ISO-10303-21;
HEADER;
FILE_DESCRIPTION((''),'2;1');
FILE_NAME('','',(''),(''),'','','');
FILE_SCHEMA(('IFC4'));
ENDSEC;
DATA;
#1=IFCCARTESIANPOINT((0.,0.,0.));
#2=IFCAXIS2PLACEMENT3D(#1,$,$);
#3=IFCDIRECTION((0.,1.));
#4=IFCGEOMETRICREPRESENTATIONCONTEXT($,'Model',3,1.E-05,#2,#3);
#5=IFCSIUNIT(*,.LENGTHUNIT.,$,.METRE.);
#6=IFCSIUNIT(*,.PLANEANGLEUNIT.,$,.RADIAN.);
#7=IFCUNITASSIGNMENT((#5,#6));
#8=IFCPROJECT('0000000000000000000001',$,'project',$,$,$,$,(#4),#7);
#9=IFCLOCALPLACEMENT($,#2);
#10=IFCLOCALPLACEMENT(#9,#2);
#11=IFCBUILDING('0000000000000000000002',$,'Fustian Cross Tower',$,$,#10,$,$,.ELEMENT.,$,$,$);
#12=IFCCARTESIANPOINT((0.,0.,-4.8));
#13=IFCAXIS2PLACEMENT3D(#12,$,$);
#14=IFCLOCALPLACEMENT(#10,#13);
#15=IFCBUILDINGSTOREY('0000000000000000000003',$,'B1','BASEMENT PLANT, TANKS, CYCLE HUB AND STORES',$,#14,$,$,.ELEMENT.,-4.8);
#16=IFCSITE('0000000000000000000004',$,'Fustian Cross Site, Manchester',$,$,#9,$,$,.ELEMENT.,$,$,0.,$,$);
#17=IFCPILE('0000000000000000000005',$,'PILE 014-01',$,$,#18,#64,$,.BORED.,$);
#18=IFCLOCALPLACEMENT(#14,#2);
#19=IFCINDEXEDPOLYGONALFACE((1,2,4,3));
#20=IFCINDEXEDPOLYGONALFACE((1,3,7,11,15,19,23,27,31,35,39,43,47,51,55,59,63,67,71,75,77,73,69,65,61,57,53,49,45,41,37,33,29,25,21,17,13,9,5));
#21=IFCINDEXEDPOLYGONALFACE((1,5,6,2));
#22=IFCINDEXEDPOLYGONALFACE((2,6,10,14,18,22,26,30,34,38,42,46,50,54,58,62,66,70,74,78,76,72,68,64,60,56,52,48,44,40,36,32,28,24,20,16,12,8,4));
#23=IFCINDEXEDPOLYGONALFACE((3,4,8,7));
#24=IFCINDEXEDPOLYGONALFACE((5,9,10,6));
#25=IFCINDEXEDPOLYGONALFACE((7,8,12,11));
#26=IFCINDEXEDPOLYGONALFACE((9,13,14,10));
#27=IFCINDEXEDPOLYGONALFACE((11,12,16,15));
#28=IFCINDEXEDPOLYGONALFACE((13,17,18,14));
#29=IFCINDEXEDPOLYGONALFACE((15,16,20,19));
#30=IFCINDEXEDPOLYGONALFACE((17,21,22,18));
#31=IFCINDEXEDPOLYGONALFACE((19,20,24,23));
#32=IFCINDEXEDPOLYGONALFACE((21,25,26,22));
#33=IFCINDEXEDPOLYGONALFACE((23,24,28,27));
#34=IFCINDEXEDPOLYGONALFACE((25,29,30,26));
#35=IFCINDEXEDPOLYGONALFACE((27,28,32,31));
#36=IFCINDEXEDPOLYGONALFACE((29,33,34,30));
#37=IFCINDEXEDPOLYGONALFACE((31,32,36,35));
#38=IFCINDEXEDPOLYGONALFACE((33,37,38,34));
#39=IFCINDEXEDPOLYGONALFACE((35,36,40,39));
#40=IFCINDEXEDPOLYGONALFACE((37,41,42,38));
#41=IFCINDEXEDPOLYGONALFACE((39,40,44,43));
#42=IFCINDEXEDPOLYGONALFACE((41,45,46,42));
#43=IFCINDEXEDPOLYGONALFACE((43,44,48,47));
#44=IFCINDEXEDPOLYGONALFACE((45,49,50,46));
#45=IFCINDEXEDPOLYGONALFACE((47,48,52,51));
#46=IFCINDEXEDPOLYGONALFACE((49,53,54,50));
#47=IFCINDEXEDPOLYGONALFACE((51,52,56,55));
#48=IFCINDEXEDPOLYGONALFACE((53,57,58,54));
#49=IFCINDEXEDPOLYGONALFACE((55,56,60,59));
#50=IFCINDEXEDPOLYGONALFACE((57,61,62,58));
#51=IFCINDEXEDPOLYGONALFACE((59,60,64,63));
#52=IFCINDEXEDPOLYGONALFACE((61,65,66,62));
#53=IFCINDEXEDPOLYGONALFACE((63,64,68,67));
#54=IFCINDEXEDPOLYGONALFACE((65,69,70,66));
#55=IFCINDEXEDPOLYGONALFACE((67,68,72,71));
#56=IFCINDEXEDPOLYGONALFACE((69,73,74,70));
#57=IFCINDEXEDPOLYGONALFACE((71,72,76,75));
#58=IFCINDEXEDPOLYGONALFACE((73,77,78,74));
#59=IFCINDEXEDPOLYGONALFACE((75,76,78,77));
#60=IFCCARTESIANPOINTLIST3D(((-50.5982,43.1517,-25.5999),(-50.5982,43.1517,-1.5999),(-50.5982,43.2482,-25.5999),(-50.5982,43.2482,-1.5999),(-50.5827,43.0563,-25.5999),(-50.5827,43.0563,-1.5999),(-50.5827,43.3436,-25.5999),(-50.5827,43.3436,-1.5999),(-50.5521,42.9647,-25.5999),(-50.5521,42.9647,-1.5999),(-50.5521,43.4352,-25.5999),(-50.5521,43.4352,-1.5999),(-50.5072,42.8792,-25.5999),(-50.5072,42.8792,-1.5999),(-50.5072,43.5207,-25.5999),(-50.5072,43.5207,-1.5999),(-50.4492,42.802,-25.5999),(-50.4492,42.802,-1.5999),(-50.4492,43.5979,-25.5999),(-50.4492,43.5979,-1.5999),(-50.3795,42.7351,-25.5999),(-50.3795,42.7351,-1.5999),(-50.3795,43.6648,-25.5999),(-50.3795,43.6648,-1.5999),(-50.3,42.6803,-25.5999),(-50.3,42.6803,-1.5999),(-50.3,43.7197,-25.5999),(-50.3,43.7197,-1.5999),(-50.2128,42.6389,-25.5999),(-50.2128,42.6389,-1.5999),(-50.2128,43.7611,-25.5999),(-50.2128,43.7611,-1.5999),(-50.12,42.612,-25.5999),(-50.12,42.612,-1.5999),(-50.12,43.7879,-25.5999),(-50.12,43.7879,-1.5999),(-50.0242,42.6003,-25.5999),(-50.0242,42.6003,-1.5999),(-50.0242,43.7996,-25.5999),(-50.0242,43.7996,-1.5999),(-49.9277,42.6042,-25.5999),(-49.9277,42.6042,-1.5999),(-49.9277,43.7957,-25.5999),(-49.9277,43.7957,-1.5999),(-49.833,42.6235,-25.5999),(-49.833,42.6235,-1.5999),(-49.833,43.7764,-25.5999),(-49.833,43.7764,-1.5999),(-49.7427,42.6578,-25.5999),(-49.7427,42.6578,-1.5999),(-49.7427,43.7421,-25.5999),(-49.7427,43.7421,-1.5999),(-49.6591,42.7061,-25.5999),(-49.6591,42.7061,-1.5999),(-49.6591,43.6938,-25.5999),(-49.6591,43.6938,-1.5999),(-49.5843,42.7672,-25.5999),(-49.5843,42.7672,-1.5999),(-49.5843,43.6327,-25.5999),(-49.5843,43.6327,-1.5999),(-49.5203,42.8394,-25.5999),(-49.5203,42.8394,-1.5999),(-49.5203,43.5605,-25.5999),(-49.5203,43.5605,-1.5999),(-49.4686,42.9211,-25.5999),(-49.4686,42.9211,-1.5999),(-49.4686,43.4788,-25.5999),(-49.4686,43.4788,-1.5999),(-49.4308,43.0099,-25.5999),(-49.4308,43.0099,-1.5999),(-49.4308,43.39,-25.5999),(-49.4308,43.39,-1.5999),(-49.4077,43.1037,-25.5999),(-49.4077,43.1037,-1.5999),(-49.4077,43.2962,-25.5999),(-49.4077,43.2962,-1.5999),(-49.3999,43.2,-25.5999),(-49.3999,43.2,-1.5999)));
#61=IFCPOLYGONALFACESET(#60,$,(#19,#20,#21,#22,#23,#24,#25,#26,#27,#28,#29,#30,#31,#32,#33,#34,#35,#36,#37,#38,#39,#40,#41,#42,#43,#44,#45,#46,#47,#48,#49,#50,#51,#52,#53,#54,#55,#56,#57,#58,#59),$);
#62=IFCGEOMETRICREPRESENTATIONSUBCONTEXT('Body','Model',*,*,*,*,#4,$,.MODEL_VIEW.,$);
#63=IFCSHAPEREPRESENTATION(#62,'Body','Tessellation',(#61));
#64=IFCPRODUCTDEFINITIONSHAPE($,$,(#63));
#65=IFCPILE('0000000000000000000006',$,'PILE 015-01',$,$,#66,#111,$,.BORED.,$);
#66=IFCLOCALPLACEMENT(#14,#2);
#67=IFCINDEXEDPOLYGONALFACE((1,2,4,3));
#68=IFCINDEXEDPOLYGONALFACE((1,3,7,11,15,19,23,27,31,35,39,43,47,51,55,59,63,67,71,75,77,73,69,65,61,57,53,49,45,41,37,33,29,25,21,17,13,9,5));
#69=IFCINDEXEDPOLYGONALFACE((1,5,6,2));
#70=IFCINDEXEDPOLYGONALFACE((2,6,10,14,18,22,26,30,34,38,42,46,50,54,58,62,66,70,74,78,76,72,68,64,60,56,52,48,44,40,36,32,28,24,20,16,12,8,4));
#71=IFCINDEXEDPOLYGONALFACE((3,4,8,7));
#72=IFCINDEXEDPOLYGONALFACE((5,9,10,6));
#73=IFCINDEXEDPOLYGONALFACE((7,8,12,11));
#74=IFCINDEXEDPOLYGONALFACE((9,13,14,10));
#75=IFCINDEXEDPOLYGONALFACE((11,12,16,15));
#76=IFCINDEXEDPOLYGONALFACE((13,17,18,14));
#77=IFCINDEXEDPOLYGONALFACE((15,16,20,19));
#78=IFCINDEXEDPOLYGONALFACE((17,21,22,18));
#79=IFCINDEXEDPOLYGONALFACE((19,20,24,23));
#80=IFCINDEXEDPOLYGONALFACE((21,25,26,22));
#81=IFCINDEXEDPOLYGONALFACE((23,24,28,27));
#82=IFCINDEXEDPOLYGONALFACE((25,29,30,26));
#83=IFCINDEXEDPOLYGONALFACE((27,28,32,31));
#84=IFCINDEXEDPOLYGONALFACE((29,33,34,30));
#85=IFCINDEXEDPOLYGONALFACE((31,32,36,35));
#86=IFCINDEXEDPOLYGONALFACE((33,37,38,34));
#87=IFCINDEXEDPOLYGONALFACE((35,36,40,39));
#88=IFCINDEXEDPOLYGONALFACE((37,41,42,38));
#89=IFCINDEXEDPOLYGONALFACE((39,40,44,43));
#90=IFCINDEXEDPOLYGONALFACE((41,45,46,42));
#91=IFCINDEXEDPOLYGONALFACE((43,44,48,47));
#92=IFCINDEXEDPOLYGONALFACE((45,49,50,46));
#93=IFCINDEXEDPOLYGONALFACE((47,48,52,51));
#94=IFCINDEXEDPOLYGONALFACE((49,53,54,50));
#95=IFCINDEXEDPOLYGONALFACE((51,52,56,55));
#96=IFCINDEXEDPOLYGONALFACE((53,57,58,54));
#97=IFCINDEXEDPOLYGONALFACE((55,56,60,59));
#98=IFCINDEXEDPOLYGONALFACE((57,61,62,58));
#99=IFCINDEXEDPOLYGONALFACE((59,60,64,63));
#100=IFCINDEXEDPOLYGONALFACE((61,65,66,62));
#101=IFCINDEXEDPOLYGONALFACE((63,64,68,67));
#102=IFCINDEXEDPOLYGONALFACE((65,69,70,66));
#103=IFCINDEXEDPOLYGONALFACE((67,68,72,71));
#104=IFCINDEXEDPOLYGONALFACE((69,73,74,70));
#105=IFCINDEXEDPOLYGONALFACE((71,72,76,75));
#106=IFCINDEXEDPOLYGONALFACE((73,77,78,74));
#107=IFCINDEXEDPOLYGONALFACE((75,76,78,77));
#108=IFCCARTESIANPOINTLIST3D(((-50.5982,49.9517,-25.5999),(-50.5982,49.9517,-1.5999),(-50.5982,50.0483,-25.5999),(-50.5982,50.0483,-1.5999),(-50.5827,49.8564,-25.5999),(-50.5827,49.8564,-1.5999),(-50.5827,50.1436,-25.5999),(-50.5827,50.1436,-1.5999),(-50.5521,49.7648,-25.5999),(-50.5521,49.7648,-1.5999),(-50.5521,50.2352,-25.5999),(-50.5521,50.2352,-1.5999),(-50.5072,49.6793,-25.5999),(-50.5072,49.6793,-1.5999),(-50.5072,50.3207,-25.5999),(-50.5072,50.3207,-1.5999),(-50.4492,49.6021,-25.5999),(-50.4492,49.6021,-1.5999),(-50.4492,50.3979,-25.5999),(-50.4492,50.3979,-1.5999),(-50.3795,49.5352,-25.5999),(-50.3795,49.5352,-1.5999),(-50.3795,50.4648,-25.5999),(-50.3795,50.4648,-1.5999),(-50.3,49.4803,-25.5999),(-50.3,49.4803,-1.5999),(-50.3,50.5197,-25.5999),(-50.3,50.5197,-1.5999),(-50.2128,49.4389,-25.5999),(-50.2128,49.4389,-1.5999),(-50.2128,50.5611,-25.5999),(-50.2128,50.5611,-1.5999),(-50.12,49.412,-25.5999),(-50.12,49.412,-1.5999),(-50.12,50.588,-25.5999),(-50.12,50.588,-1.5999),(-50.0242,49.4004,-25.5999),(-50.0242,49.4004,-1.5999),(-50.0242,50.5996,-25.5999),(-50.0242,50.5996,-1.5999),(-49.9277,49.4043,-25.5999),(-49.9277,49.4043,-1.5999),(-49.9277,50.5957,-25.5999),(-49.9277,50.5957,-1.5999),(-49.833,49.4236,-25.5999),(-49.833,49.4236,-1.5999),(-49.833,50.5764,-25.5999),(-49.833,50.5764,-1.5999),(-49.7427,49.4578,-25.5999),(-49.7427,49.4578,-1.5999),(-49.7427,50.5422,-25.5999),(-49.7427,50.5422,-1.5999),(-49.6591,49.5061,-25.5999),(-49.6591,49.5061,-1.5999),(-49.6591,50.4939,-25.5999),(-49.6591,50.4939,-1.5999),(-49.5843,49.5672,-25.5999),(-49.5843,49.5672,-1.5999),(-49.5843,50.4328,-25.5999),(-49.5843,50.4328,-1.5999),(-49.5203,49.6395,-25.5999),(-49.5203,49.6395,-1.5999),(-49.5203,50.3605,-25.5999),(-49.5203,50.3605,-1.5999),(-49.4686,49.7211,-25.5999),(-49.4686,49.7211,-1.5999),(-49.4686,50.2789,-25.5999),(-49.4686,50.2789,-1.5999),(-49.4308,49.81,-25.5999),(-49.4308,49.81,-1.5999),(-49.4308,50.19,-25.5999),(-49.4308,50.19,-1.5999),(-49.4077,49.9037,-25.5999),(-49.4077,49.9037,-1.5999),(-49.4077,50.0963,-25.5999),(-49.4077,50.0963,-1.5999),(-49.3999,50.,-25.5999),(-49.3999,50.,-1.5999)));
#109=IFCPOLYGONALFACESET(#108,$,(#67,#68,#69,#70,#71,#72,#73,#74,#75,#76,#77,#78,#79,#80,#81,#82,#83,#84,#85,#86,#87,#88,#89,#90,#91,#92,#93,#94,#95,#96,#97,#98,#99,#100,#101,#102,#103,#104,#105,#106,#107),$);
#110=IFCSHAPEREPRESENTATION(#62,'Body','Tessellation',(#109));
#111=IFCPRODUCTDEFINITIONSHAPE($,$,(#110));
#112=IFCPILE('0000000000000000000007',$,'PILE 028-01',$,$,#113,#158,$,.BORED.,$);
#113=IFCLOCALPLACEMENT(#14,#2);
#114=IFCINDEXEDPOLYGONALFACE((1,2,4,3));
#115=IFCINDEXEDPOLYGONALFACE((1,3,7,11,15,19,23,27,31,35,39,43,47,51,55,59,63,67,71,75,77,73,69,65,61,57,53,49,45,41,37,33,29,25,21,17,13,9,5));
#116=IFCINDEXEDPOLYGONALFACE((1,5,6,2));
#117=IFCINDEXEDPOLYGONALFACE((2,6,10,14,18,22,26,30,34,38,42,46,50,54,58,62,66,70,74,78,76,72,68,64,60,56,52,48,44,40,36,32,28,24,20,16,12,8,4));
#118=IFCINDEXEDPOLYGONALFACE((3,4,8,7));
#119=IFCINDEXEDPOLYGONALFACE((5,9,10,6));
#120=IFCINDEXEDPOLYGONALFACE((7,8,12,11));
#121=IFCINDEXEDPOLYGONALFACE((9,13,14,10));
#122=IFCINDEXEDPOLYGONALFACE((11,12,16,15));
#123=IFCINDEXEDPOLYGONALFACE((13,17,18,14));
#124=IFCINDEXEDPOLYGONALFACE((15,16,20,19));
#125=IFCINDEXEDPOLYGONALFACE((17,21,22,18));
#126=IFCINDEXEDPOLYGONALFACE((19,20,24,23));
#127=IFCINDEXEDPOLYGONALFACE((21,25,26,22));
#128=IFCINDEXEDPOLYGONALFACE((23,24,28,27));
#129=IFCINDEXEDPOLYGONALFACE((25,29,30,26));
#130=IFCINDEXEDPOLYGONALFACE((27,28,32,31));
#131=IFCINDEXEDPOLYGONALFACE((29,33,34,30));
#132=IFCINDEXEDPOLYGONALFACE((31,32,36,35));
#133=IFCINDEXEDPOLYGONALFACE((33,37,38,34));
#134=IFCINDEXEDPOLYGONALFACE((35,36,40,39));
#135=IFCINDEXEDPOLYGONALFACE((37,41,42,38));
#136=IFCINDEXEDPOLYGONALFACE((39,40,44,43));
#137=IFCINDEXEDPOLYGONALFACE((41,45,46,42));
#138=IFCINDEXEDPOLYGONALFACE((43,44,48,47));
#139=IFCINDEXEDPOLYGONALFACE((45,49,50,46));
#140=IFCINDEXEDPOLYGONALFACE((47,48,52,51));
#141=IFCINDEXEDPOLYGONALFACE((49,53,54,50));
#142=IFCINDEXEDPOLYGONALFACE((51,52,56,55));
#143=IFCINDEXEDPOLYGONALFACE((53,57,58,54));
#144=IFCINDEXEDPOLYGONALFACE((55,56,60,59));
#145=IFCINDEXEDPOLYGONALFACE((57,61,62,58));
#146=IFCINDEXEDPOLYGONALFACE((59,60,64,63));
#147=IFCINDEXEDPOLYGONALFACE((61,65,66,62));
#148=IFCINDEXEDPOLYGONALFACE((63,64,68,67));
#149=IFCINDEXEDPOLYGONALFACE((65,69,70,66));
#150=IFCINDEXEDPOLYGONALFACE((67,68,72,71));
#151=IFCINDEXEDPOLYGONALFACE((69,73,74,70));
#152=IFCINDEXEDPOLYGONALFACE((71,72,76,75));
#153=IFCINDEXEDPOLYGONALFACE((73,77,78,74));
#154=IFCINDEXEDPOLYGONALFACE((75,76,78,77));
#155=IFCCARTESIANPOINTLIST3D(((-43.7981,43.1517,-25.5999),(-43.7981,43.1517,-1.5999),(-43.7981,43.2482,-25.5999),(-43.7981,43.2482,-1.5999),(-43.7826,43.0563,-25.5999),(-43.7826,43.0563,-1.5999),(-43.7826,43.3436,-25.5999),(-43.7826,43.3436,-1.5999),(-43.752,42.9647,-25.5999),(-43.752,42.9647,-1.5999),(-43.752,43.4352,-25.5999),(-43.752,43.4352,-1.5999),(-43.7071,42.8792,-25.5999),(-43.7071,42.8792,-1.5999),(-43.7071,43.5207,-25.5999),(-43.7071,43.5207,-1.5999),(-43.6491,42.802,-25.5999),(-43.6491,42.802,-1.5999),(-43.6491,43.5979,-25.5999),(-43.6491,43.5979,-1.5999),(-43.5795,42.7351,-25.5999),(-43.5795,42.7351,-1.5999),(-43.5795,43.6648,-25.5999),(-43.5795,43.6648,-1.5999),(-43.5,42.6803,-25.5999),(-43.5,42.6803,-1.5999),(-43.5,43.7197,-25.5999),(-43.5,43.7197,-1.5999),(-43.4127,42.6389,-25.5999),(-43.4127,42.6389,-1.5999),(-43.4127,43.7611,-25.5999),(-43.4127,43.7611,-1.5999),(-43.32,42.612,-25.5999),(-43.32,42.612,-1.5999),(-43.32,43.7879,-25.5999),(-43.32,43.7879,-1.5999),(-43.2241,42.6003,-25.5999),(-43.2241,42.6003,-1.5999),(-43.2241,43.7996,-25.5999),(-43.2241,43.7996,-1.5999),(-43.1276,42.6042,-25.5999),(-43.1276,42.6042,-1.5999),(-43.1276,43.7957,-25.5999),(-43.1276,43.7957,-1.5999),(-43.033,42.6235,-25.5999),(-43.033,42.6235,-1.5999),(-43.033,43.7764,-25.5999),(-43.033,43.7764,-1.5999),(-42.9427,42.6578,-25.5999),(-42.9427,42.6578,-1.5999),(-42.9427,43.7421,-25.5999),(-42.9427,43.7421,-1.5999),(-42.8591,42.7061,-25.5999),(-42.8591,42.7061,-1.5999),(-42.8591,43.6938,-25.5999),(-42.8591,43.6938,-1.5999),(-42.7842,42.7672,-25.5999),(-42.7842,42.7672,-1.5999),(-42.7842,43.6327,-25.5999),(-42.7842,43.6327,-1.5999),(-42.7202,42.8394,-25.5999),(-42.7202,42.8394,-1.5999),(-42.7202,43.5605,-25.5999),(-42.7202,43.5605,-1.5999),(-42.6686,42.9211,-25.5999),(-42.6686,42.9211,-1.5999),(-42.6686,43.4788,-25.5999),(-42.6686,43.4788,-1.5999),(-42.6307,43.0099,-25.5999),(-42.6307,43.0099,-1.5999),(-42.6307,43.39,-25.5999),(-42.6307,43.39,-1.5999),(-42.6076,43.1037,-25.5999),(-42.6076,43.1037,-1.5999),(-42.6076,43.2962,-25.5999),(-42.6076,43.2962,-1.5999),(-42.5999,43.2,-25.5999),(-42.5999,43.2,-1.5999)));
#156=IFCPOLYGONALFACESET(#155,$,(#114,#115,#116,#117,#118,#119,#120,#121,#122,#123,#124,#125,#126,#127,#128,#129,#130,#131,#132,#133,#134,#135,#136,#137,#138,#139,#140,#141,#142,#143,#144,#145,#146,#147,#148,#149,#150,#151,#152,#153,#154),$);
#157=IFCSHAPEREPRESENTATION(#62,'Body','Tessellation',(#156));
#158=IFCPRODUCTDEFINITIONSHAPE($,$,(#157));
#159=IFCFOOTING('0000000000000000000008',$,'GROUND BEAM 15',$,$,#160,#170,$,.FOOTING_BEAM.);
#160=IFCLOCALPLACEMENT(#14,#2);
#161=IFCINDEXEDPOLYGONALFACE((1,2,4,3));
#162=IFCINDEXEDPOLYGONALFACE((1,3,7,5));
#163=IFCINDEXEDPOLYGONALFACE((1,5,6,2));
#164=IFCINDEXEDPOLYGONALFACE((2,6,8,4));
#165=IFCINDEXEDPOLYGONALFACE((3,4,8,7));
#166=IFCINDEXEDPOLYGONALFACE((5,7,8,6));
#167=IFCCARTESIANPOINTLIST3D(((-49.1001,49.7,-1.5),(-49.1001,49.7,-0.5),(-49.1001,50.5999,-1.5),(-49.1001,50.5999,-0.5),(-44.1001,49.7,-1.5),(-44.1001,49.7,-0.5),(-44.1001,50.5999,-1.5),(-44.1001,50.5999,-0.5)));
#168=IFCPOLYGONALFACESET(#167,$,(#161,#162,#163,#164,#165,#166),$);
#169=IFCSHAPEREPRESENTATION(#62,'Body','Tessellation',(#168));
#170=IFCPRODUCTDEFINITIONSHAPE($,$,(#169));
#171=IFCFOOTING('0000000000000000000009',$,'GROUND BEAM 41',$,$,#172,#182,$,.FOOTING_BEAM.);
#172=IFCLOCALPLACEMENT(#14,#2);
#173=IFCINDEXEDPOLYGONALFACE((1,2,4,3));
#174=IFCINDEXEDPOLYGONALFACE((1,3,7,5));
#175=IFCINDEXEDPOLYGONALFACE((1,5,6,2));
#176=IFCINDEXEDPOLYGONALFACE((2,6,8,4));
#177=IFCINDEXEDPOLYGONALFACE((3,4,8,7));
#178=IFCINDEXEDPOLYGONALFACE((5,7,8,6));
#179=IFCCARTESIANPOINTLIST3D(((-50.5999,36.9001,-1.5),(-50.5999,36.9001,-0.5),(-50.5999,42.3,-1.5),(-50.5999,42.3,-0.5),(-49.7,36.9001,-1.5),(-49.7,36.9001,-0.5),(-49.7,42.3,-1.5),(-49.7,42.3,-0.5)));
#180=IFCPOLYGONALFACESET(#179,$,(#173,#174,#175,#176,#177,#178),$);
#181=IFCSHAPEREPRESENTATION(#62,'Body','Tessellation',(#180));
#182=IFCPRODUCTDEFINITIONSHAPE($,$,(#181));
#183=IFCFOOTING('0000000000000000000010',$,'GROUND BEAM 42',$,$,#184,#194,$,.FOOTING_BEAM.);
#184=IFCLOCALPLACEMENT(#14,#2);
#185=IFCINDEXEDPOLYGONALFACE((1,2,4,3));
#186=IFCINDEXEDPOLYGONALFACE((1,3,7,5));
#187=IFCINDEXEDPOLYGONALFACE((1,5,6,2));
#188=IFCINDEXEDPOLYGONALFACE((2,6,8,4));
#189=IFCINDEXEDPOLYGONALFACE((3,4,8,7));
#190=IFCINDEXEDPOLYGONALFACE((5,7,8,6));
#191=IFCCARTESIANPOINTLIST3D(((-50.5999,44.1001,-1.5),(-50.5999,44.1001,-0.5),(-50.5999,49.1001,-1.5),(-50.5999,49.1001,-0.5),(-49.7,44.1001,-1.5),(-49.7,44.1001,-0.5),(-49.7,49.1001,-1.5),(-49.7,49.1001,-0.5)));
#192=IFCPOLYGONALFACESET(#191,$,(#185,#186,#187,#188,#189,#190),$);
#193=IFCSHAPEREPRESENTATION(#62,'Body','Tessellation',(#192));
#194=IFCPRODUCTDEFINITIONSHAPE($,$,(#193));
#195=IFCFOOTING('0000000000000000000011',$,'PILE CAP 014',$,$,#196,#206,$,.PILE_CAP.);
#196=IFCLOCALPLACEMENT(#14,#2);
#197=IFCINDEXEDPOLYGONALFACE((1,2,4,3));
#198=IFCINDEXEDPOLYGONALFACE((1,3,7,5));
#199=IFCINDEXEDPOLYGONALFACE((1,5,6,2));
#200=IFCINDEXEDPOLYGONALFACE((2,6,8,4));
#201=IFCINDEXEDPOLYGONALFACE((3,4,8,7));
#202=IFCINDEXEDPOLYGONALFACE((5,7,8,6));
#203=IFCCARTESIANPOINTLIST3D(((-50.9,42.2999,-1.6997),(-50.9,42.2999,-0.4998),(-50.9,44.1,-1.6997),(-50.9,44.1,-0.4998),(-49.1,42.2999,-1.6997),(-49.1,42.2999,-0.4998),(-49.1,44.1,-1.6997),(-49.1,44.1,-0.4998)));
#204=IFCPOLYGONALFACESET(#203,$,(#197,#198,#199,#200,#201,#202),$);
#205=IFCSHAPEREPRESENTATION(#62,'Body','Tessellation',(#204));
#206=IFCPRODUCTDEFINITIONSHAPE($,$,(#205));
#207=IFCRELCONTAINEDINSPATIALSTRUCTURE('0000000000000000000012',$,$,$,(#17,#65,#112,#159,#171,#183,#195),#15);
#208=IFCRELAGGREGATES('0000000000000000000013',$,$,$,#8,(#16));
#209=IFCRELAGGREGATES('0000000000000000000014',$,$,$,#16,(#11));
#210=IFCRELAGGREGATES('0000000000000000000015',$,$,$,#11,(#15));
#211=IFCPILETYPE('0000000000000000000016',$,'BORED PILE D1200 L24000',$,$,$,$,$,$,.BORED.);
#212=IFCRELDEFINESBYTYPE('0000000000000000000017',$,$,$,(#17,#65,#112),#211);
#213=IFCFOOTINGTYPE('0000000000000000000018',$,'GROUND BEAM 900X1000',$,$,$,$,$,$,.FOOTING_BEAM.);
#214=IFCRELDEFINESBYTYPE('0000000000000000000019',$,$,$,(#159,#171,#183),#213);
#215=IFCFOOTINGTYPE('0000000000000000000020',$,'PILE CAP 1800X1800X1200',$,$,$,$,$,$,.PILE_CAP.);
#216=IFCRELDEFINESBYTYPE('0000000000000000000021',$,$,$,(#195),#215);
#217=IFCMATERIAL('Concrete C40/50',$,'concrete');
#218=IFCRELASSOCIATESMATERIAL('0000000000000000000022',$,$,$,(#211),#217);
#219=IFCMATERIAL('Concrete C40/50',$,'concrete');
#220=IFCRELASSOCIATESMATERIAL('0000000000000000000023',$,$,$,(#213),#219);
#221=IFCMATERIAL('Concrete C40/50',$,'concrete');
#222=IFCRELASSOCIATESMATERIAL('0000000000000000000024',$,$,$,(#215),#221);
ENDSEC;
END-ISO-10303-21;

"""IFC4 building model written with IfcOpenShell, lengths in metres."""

from ifc_helpers import new_model, si_unit, direction, frame, origin, origin_2d, place, context, subcontext, project, spatial, rectangle, circle, extrude, material, material_profile, profile_set, type_object, element, save


model = new_model("IFC4")

# Units and contexts
model_context = context("Model", 3, precision=1e-05, world=origin(), true_north=direction((0.0, 1.0)))
body_context = subcontext(model_context, "Body", "Model", "MODEL_VIEW")
ifc_project = project(units=[si_unit("LENGTHUNIT", "METRE"), si_unit("PLANEANGLEUNIT", "RADIAN")], contexts=[model_context])

# Site, building, storey
site_placement = place(None, origin())
site = spatial("IfcSite", under=ifc_project, at=site_placement, Name="Fustian Cross Site, Manchester", CompositionType="ELEMENT", RefElevation=0.0)
building_placement = place(site_placement, origin())
building = spatial("IfcBuilding", under=site, at=building_placement, Name="Fustian Cross Tower", CompositionType="ELEMENT")
storey_placement = place(building_placement, frame((0.0, 0.0, -4.8)))
storey = spatial("IfcBuildingStorey", under=building, at=storey_placement, Name="B1", Description="BASEMENT PLANT, TANKS, CYCLE HUB AND STORES", CompositionType="ELEMENT", Elevation=-4.8)

# Piles
ifc_material_1 = material(Name="Concrete C40/50", Category="concrete")
ifc_material_profile_1 = material_profile(ifc_material_1, circle(Radius=0.6001, at=origin_2d()), Name="BORED PILE D1200 L24000")
ifc_profile_set_1 = profile_set([ifc_material_profile_1], Name="Concrete C40/50")
pile_type = type_object("IfcPileType", Name="BORED PILE D1200 L24000", PredefinedType="BORED", material=ifc_profile_set_1)
for number, where, z_axis, x_axis, name in (
    (1, (-50.0, 43.2, -1.5999), (0.0, 0.0, -1.0), (1.0, 0.0, 0.0), "PILE 014-01"),
    (2, (-50.0, 50.0, -1.5999), (0.0, 0.0, -1.0), (1.0, 0.0, 0.0), "PILE 015-01"),
    (3, (-43.2, 43.2, -1.5999), (0.0, 0.0, -1.0), (1.0, 0.0, 0.0), "PILE 028-01"),
):
    element("IfcPile", number, at=place(storey_placement, frame(where, z_axis=z_axis, x_axis=x_axis)), inside=storey, type_object=pile_type, Name=name, PredefinedType="BORED", context=body_context, shape_type="SweptSolid", body=[
        extrude(circle(Radius=0.6001, at=origin_2d()), origin(), (0.0, 0.0, 1.0), 24.0),
    ])

# Footings
ifc_material_2 = material(Name="Concrete C40/50", Category="concrete")
footing_type_1 = type_object("IfcFootingType", Name="GROUND BEAM 900X1000", PredefinedType="FOOTING_BEAM", material=ifc_material_2)
footing_1_placement = place(storey_placement, frame((-46.6001, 50.1499, -1.5), z_axis=(0.0, 0.0, 1.0), x_axis=(1.0, 0.0, 0.0)))
element("IfcFooting", 4, at=footing_1_placement, inside=storey, type_object=footing_type_1, Name="GROUND BEAM 15", PredefinedType="FOOTING_BEAM", context=body_context, shape_type="SweptSolid", body=[
    extrude(rectangle(XDim=5.0, YDim=0.8999, at=origin_2d()), origin(), (0.0, 0.0, 1.0), 1.0),
])
footing_2_placement = place(storey_placement, frame((-50.1499, 39.6001, -1.5), z_axis=(0.0, 0.0, 1.0), x_axis=(1.0, 0.0, 0.0)))
element("IfcFooting", 5, at=footing_2_placement, inside=storey, type_object=footing_type_1, Name="GROUND BEAM 41", PredefinedType="FOOTING_BEAM", context=body_context, shape_type="SweptSolid", body=[
    extrude(rectangle(XDim=0.8999, YDim=5.3999, at=origin_2d()), origin(), (0.0, 0.0, 1.0), 1.0),
])
footing_3_placement = place(storey_placement, frame((-50.1499, 46.6001, -1.5), z_axis=(0.0, 0.0, 1.0), x_axis=(1.0, 0.0, 0.0)))
element("IfcFooting", 6, at=footing_3_placement, inside=storey, type_object=footing_type_1, Name="GROUND BEAM 42", PredefinedType="FOOTING_BEAM", context=body_context, shape_type="SweptSolid", body=[
    extrude(rectangle(XDim=0.8999, YDim=5.0, at=origin_2d()), origin(), (0.0, 0.0, 1.0), 1.0),
])
ifc_material_3 = material(Name="Concrete C40/50", Category="concrete")
footing_type_2 = type_object("IfcFootingType", Name="PILE CAP 1800X1800X1200", PredefinedType="PILE_CAP", material=ifc_material_3)
for number, where, z_axis, x_axis, name in (
    (7, (-50.0, 43.2, -1.6997), (0.0, 0.0, 1.0), (1.0, 0.0, 0.0), "PILE CAP 014"),
):
    element("IfcFooting", number, at=place(storey_placement, frame(where, z_axis=z_axis, x_axis=x_axis)), inside=storey, type_object=footing_type_2, Name=name, PredefinedType="PILE_CAP", context=body_context, shape_type="SweptSolid", body=[
        extrude(rectangle(XDim=1.8, YDim=1.8, at=origin_2d()), origin(), (0.0, 0.0, 1.0), 1.2),
    ])

save(model, "model.ifc")
